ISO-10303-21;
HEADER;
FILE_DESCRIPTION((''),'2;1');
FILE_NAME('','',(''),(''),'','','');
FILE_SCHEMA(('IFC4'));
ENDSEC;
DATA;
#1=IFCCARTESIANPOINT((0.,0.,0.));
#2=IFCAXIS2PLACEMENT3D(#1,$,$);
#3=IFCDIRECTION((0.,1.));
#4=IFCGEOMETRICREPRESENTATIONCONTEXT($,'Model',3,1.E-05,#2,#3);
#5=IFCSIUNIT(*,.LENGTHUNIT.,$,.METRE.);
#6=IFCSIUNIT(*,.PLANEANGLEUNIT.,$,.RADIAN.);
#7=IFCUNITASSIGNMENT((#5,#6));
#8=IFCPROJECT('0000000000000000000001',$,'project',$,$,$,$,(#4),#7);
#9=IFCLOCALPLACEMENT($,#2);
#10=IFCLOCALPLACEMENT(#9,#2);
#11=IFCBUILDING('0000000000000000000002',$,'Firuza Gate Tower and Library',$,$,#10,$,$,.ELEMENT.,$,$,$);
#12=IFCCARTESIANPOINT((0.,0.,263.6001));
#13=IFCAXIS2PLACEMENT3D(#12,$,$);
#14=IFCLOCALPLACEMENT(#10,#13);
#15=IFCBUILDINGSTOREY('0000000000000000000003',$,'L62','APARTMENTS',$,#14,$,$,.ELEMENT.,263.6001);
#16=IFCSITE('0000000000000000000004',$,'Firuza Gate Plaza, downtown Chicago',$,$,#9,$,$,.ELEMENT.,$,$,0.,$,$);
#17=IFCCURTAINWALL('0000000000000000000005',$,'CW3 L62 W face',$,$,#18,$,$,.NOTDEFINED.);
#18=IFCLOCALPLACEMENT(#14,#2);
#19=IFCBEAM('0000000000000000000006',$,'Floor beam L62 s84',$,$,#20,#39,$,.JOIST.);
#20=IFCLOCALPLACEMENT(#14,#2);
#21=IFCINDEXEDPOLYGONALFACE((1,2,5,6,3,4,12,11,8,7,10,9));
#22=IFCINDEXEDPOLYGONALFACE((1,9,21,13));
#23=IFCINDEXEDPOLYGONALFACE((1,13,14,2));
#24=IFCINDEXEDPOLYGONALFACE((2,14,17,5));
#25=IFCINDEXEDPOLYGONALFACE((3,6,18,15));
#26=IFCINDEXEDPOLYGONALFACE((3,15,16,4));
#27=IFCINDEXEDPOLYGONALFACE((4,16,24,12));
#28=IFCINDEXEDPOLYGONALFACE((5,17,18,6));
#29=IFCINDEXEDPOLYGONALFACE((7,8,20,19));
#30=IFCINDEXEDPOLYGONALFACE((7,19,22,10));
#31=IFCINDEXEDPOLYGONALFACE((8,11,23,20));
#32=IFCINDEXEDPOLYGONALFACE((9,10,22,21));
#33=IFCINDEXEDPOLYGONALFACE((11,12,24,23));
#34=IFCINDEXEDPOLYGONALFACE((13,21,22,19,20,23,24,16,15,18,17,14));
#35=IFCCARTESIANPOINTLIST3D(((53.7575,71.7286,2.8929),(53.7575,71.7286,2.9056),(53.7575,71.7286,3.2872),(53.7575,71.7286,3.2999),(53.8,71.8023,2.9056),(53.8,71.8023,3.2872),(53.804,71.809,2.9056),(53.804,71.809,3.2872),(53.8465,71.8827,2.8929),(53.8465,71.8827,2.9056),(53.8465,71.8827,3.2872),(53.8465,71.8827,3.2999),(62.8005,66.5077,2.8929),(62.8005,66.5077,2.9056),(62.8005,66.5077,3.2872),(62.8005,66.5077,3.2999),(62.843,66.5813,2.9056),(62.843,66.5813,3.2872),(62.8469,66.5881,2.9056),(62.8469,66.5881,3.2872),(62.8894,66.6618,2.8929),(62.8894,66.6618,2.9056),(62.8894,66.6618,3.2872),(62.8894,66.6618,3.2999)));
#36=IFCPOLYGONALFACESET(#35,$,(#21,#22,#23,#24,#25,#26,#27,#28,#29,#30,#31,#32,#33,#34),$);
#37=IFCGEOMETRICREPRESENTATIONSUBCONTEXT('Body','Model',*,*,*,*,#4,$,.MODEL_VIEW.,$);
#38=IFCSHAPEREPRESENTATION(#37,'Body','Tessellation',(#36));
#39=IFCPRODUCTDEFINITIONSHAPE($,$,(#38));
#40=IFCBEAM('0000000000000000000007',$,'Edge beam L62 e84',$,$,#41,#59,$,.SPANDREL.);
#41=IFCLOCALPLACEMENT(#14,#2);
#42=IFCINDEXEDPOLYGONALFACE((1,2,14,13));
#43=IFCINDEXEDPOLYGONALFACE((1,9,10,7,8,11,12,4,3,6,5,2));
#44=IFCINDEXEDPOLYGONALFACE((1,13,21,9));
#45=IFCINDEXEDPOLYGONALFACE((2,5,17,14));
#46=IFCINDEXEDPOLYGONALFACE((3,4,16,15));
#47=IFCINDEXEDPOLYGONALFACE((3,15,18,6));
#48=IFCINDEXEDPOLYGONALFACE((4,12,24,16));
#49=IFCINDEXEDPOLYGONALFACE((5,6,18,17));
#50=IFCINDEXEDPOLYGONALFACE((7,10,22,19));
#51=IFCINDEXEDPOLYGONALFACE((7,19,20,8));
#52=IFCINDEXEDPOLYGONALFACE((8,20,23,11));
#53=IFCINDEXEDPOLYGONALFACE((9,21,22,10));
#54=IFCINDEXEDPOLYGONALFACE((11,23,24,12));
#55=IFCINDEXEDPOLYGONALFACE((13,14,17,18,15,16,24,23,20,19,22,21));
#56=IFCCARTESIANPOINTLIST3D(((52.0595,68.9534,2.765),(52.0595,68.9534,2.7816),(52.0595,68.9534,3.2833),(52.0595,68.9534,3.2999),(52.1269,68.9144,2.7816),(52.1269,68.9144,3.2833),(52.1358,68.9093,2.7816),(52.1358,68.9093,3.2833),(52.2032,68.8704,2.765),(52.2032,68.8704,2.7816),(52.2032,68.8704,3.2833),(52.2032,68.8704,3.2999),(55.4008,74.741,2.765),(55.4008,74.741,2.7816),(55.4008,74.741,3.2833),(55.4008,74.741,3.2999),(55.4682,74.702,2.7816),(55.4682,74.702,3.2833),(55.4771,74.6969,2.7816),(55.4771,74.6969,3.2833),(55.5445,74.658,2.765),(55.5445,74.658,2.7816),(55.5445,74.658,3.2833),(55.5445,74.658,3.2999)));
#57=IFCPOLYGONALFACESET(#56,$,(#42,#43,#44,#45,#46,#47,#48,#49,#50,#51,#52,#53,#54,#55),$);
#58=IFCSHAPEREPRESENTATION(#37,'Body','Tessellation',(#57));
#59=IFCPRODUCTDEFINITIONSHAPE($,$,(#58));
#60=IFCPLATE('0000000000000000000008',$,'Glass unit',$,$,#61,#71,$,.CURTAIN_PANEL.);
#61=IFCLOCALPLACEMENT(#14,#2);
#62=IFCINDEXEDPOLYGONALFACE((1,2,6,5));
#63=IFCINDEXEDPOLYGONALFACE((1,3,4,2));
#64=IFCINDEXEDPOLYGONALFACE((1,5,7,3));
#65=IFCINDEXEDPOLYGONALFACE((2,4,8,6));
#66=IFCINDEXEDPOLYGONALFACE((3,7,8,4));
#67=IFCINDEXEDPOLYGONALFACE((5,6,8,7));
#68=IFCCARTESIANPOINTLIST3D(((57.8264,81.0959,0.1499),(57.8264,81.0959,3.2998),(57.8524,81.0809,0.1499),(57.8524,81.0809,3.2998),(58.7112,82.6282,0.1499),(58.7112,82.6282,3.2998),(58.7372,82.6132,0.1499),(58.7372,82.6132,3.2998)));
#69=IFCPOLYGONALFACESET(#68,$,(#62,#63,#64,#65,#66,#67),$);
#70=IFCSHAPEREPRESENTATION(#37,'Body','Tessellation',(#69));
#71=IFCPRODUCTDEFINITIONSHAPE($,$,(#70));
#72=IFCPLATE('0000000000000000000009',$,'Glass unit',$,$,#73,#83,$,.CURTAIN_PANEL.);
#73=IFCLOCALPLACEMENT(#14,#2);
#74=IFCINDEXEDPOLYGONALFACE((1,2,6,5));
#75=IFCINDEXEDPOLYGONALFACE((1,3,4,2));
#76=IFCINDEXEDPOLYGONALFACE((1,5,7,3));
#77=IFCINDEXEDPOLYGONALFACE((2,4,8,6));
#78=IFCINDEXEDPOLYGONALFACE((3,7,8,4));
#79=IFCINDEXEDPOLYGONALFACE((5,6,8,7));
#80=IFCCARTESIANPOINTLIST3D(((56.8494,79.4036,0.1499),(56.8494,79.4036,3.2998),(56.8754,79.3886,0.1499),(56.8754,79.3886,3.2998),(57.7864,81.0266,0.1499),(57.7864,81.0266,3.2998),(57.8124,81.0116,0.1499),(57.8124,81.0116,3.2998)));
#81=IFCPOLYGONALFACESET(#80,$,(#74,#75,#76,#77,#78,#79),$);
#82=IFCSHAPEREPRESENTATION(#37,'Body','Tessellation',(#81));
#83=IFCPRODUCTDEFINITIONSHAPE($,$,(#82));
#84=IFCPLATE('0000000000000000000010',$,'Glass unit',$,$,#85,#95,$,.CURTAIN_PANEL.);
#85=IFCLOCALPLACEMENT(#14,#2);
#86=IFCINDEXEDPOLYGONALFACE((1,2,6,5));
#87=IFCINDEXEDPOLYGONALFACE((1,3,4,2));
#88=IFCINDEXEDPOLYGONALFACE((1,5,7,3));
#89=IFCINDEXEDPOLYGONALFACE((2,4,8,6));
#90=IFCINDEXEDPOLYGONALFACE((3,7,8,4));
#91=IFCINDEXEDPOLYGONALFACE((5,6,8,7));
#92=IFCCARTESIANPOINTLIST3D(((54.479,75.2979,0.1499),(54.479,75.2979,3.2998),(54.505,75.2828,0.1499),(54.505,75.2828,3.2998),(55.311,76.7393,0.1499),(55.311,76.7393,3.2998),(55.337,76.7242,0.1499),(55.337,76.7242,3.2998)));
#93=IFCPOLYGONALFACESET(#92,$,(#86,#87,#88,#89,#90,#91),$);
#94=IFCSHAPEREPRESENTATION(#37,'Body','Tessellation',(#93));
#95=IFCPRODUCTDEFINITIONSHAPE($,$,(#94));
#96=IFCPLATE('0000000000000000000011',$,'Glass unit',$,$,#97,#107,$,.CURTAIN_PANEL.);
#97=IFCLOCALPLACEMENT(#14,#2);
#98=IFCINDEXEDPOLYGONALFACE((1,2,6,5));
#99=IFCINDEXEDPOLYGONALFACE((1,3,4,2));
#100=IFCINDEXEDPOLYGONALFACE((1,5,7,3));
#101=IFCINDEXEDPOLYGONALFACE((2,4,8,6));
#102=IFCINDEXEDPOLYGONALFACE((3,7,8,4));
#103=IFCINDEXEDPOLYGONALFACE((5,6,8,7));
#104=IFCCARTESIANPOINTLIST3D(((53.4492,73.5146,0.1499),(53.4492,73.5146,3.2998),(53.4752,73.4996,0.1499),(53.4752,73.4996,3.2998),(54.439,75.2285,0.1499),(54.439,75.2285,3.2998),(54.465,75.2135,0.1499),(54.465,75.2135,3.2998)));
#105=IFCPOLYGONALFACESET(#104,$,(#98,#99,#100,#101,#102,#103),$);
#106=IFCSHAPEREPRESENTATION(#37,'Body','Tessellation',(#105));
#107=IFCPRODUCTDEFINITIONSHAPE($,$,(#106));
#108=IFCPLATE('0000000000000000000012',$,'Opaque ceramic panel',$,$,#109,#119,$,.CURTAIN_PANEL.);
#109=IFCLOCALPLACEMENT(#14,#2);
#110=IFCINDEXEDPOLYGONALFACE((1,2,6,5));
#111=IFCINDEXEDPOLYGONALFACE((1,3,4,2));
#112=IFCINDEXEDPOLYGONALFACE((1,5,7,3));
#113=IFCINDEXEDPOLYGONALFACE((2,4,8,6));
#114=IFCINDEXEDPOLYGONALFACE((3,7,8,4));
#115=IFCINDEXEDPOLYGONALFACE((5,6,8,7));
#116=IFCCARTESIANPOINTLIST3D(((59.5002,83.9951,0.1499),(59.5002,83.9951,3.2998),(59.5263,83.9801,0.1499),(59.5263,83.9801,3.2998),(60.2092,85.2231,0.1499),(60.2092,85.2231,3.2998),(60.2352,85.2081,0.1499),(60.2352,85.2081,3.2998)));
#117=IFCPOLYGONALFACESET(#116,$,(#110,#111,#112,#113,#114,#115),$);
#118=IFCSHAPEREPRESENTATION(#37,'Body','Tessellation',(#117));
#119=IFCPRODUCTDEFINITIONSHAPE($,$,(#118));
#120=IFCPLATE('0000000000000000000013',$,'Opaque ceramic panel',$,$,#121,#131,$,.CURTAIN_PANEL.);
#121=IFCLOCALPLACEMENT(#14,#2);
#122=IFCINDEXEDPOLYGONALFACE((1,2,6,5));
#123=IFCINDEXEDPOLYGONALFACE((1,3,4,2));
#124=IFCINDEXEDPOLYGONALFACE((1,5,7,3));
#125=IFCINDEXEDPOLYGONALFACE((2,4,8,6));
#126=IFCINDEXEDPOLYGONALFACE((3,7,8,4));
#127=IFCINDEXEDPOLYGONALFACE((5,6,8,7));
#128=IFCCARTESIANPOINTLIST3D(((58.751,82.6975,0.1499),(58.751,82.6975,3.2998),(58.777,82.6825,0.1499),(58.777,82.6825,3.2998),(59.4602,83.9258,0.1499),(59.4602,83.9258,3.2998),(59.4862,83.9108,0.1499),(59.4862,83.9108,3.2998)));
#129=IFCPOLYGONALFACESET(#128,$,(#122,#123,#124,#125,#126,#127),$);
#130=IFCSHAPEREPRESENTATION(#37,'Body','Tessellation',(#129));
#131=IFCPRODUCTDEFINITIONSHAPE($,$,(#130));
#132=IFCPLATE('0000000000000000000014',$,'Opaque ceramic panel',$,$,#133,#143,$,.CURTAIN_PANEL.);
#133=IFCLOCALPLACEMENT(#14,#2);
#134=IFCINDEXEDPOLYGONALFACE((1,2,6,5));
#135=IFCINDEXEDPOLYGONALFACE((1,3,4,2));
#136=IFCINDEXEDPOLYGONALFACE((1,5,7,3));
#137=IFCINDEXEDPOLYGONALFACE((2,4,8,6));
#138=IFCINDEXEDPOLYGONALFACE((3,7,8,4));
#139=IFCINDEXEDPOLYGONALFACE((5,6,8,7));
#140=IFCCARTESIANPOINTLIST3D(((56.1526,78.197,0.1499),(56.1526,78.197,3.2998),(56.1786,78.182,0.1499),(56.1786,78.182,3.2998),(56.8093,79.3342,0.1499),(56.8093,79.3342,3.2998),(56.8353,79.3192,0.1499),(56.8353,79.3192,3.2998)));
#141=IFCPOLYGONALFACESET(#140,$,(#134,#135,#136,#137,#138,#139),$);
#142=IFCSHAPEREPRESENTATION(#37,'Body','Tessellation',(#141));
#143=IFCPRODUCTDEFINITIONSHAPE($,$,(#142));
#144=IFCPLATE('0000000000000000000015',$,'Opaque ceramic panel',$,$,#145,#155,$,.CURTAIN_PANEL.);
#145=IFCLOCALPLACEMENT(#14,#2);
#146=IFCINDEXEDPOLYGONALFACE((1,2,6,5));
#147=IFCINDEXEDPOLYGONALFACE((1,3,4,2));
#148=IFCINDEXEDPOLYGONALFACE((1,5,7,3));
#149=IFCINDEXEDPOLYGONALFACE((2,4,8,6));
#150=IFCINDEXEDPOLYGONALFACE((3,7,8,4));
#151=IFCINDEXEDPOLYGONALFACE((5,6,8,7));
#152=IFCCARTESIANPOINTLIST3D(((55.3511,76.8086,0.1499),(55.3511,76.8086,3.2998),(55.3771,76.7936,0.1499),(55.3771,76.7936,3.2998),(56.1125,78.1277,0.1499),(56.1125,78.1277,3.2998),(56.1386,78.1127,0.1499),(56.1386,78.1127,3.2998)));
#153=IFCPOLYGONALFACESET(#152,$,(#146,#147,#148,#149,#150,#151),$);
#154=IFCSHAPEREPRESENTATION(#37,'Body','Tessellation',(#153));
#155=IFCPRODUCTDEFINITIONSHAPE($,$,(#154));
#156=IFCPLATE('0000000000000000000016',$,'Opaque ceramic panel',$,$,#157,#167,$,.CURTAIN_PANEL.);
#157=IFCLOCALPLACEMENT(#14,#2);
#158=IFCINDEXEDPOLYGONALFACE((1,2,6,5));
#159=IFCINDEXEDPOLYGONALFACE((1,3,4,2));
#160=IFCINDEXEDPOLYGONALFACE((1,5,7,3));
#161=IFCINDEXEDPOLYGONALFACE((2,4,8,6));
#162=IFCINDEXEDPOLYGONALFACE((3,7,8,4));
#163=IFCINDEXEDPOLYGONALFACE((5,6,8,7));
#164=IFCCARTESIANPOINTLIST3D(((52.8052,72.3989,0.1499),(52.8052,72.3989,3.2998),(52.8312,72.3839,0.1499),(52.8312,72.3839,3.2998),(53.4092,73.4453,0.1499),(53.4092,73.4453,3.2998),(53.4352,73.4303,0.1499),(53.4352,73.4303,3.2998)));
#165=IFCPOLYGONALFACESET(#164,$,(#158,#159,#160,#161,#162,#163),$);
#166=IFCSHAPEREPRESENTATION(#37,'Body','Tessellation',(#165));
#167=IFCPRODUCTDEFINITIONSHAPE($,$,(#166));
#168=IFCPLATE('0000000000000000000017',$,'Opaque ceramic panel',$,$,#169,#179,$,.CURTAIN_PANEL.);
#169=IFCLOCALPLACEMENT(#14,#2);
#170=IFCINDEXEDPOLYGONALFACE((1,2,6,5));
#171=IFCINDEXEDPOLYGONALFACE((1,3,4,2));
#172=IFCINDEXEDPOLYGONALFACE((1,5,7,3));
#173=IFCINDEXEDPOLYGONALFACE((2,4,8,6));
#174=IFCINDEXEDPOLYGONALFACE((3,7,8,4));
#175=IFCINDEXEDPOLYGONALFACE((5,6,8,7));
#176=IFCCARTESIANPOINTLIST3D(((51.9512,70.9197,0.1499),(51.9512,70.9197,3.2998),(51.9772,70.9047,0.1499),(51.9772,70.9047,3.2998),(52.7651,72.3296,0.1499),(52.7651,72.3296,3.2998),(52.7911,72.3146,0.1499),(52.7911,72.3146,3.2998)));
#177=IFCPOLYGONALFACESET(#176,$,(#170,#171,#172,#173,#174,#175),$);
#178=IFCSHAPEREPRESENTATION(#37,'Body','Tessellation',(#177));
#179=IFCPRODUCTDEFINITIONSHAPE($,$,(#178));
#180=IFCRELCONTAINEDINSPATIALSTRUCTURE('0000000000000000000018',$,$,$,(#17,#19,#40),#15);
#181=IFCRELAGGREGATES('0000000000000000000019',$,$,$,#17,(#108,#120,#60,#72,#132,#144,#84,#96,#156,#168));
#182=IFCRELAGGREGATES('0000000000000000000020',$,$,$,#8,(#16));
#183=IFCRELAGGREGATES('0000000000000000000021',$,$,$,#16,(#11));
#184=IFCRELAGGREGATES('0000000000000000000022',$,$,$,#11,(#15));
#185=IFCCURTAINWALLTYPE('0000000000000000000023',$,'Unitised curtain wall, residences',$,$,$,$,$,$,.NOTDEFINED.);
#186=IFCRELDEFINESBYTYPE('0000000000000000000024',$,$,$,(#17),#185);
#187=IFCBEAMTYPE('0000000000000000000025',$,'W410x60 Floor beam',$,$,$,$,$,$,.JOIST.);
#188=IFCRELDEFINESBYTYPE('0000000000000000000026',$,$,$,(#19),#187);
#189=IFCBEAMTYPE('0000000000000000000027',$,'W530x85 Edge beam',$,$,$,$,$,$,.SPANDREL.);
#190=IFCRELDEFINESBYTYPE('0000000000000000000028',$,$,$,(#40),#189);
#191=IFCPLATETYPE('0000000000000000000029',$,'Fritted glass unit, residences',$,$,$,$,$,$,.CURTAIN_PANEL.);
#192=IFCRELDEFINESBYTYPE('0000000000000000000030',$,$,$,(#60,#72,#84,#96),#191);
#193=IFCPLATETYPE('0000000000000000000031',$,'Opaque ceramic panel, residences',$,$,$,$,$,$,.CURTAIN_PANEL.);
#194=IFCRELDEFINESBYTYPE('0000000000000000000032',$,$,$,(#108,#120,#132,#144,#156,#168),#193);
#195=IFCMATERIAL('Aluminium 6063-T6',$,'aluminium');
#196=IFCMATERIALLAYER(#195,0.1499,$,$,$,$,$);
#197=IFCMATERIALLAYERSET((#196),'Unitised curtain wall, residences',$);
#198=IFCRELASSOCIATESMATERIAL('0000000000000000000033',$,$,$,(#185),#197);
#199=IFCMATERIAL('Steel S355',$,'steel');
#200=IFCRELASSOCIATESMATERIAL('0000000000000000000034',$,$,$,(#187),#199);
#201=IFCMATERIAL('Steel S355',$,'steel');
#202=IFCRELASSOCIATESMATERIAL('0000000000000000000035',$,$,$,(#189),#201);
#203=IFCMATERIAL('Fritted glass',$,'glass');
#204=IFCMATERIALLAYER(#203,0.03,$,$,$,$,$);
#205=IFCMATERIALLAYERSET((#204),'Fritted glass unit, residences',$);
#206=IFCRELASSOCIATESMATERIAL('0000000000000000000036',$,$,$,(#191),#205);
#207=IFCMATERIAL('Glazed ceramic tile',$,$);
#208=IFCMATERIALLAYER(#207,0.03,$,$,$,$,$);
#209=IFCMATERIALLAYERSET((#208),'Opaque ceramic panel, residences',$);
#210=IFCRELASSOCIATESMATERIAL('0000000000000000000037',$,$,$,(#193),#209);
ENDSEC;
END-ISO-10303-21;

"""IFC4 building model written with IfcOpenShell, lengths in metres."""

from ifc_helpers import new_model, si_unit, direction, frame, origin, origin_2d, place, context, subcontext, project, spatial, polyline, i_section, outline, extrude, material, layer, layer_set, material_profile, profile_set, type_object, element, aggregate, save


model = new_model("IFC4")

# Units and contexts
model_context = context("Model", 3, precision=1e-05, world=origin(), true_north=direction((0.0, 1.0)))
body_context = subcontext(model_context, "Body", "Model", "MODEL_VIEW")
ifc_project = project(units=[si_unit("LENGTHUNIT", "METRE"), si_unit("PLANEANGLEUNIT", "RADIAN")], contexts=[model_context])

# Site, building, storey
site_placement = place(None, origin())
site = spatial("IfcSite", under=ifc_project, at=site_placement, Name="Firuza Gate Plaza, downtown Chicago", CompositionType="ELEMENT", RefElevation=0.0)
building_placement = place(site_placement, origin())
building = spatial("IfcBuilding", under=site, at=building_placement, Name="Firuza Gate Tower and Library", CompositionType="ELEMENT")
storey_placement = place(building_placement, frame((0.0, 0.0, 263.6001)))
storey = spatial("IfcBuildingStorey", under=building, at=storey_placement, Name="L62", Description="APARTMENTS", CompositionType="ELEMENT", Elevation=263.6001)

# Curtain wall
ifc_material_1 = material(Name="Aluminium 6063-T6", Category="aluminium")
ifc_layer_1 = layer(ifc_material_1, 0.1499)
ifc_layer_set_1 = layer_set([ifc_layer_1], Name="Unitised curtain wall, residences")
curtain_wall_type = type_object("IfcCurtainWallType", Name="Unitised curtain wall, residences", PredefinedType="NOTDEFINED", material=ifc_layer_set_1)
curtain_wall_placement = place(storey_placement, origin())
curtain_wall = element("IfcCurtainWall", 1, at=curtain_wall_placement, inside=storey, type_object=curtain_wall_type, Name="CW3 L62 W face", PredefinedType="NOTDEFINED")

# Beams
ifc_material_2 = material(Name="Steel S355", Category="steel")
ifc_material_profile_1 = material_profile(ifc_material_2, i_section(OverallWidth=0.178, OverallDepth=0.407, WebThickness=0.0078, FlangeThickness=0.0127, at=origin_2d()))
ifc_profile_set_1 = profile_set([ifc_material_profile_1], Name="Steel S355")
beam_type_1 = type_object("IfcBeamType", Name="W410x60 Floor beam", PredefinedType="JOIST", material=ifc_profile_set_1)
beam_1_placement = place(storey_placement, frame((53.802, 71.8057, 3.0964), z_axis=(0.866026, -0.499999, 0.0), x_axis=(0.499999, 0.866026, 0.0)))
element("IfcBeam", 2, at=beam_1_placement, inside=storey, type_object=beam_type_1, Name="Floor beam L62 s84", PredefinedType="JOIST", context=body_context, shape_type="SweptSolid", body=[
    extrude(i_section(OverallWidth=0.178, OverallDepth=0.407, WebThickness=0.0078, FlangeThickness=0.0127, at=origin_2d()), origin(), (0.0, 0.0, 1.0), 10.4419),
])
ifc_material_3 = material(Name="Steel S355", Category="steel")
ifc_material_profile_2 = material_profile(ifc_material_3, i_section(OverallWidth=0.166, OverallDepth=0.5349, WebThickness=0.0103, FlangeThickness=0.0166, at=origin_2d()))
ifc_profile_set_2 = profile_set([ifc_material_profile_2], Name="Steel S355")
beam_type_2 = type_object("IfcBeamType", Name="W530x85 Edge beam", PredefinedType="SPANDREL", material=ifc_profile_set_2)
beam_2_placement = place(storey_placement, frame((55.4727, 74.6995, 3.0325), z_axis=(-0.499982, -0.866036, 0.0), x_axis=(0.866036, -0.499982, 0.0)))
element("IfcBeam", 3, at=beam_2_placement, inside=storey, type_object=beam_type_2, Name="Edge beam L62 e84", PredefinedType="SPANDREL", context=body_context, shape_type="SweptSolid", body=[
    extrude(i_section(OverallWidth=0.166, OverallDepth=0.5349, WebThickness=0.0103, FlangeThickness=0.0166, at=origin_2d()), origin(), (0.0, 0.0, 1.0), 6.6829),
])

# Plates
ifc_material_4 = material(Name="Fritted glass", Category="glass")
ifc_layer_2 = layer(ifc_material_4, 0.03)
ifc_layer_set_2 = layer_set([ifc_layer_2], Name="Fritted glass unit, residences")
plate_type_1 = type_object("IfcPlateType", Name="Fritted glass unit, residences", PredefinedType="CURTAIN_PANEL", material=ifc_layer_set_2)
plate_1_placement = place(storey_placement, frame((58.7112, 82.6282, 0.1499), z_axis=(-0.865993, 0.500057, 0.0), x_axis=(-0.500057, -0.865993, 0.0)))
plate_1 = element("IfcPlate", 4, at=plate_1_placement, type_object=plate_type_1, Name="Glass unit", PredefinedType="CURTAIN_PANEL", context=body_context, shape_type="SweptSolid", body=[
    extrude(outline(polyline([(0.0, 0.0), (1.7693, 0.0), (1.7693, 3.1499), (0.0, 3.1499), (0.0, 0.0)])), origin(), (0.0, 0.0, -1.0), 0.03),
])
plate_2_placement = place(storey_placement, frame((57.7864, 81.0266, 0.1499), z_axis=(-0.866038, 0.499978, 0.0), x_axis=(-0.499978, -0.866038, 0.0)))
plate_2 = element("IfcPlate", 5, at=plate_2_placement, type_object=plate_type_1, Name="Glass unit", PredefinedType="CURTAIN_PANEL", context=body_context, shape_type="SweptSolid", body=[
    extrude(outline(polyline([(0.0, 0.0), (1.8741, 0.0), (1.8741, 3.1499), (0.0, 3.1499), (0.0, 0.0)])), origin(), (0.0, 0.0, -1.0), 0.03),
])
plate_3_placement = place(storey_placement, frame((55.311, 76.7393, 0.1499), z_axis=(-0.866068, 0.499926, 0.0), x_axis=(-0.499926, -0.866068, 0.0)))
plate_3 = element("IfcPlate", 6, at=plate_3_placement, type_object=plate_type_1, Name="Glass unit", PredefinedType="CURTAIN_PANEL", context=body_context, shape_type="SweptSolid", body=[
    extrude(outline(polyline([(0.0, 0.0), (1.6643, 0.0), (1.6643, 3.1499), (0.0, 3.1499), (0.0, 0.0)])), origin(), (0.0, 0.0, -1.0), 0.03),
])
plate_4_placement = place(storey_placement, frame((54.439, 75.2285, 0.1499), z_axis=(-0.865972, 0.500093, 0.0), x_axis=(-0.500093, -0.865972, 0.0)))
plate_4 = element("IfcPlate", 7, at=plate_4_placement, type_object=plate_type_1, Name="Glass unit", PredefinedType="CURTAIN_PANEL", context=body_context, shape_type="SweptSolid", body=[
    extrude(outline(polyline([(0.0, 0.0), (1.9791, 0.0), (1.9791, 3.1499), (0.0, 3.1499), (0.0, 0.0)])), origin(), (0.0, 0.0, -1.0), 0.03),
])
ifc_material_5 = material(Name="Glazed ceramic tile")
ifc_layer_3 = layer(ifc_material_5, 0.03)
ifc_layer_set_3 = layer_set([ifc_layer_3], Name="Opaque ceramic panel, residences")
plate_type_2 = type_object("IfcPlateType", Name="Opaque ceramic panel, residences", PredefinedType="CURTAIN_PANEL", material=ifc_layer_set_3)
plate_5_placement = place(storey_placement, frame((60.2092, 85.2231, 0.1499), z_axis=(-0.866031, 0.499991, 0.0), x_axis=(-0.499991, -0.866031, 0.0)))
plate_5 = element("IfcPlate", 8, at=plate_5_placement, type_object=plate_type_2, Name="Opaque ceramic panel", PredefinedType="CURTAIN_PANEL", context=body_context, shape_type="SweptSolid", body=[
    extrude(outline(polyline([(0.0, 0.0), (1.418, 0.0), (1.418, 3.1499), (0.0, 3.1499), (0.0, 0.0)])), origin(), (0.0, 0.0, -1.0), 0.03),
])
plate_6_placement = place(storey_placement, frame((59.4602, 83.9258, 0.1499), z_axis=(-0.865999, 0.500045, 0.0), x_axis=(-0.500045, -0.865999, 0.0)))
plate_6 = element("IfcPlate", 9, at=plate_6_placement, type_object=plate_type_2, Name="Opaque ceramic panel", PredefinedType="CURTAIN_PANEL", context=body_context, shape_type="SweptSolid", body=[
    extrude(outline(polyline([(0.0, 0.0), (1.4183, 0.0), (1.4183, 3.1499), (0.0, 3.1499), (0.0, 0.0)])), origin(), (0.0, 0.0, -1.0), 0.03),
])
plate_7_placement = place(storey_placement, frame((56.8093, 79.3342, 0.1499), z_axis=(-0.865969, 0.500098, 0.0), x_axis=(-0.500098, -0.865969, 0.0)))
plate_7 = element("IfcPlate", 10, at=plate_7_placement, type_object=plate_type_2, Name="Opaque ceramic panel", PredefinedType="CURTAIN_PANEL", context=body_context, shape_type="SweptSolid", body=[
    extrude(outline(polyline([(0.0, 0.0), (1.3132, 0.0), (1.3132, 3.1499), (0.0, 3.1499), (0.0, 0.0)])), origin(), (0.0, 0.0, -1.0), 0.03),
])
plate_8_placement = place(storey_placement, frame((56.1125, 78.1277, 0.1499), z_axis=(-0.866055, 0.499949, 0.0), x_axis=(-0.499949, -0.866055, 0.0)))
plate_8 = element("IfcPlate", 11, at=plate_8_placement, type_object=plate_type_2, Name="Opaque ceramic panel", PredefinedType="CURTAIN_PANEL", context=body_context, shape_type="SweptSolid", body=[
    extrude(outline(polyline([(0.0, 0.0), (1.5231, 0.0), (1.5231, 3.1499), (0.0, 3.1499), (0.0, 0.0)])), origin(), (0.0, 0.0, -1.0), 0.03),
])
plate_9_placement = place(storey_placement, frame((53.4092, 73.4453, 0.1499), z_axis=(-0.866071, 0.499921, 0.0), x_axis=(-0.499921, -0.866071, 0.0)))
plate_9 = element("IfcPlate", 12, at=plate_9_placement, type_object=plate_type_2, Name="Opaque ceramic panel", PredefinedType="CURTAIN_PANEL", context=body_context, shape_type="SweptSolid", body=[
    extrude(outline(polyline([(0.0, 0.0), (1.2082, 0.0), (1.2082, 3.1499), (0.0, 3.1499), (0.0, 0.0)])), origin(), (0.0, 0.0, -1.0), 0.03),
])
plate_10_placement = place(storey_placement, frame((52.7651, 72.3296, 0.1499), z_axis=(-0.866038, 0.499978, 0.0), x_axis=(-0.499978, -0.866038, 0.0)))
plate_10 = element("IfcPlate", 13, at=plate_10_placement, type_object=plate_type_2, Name="Opaque ceramic panel", PredefinedType="CURTAIN_PANEL", context=body_context, shape_type="SweptSolid", body=[
    extrude(outline(polyline([(0.0, 0.0), (1.628, 0.0), (1.628, 3.1499), (0.0, 3.1499), (0.0, 0.0)])), origin(), (0.0, 0.0, -1.0), 0.03),
])
aggregate(curtain_wall, [plate_5, plate_6, plate_1, plate_2, plate_7, plate_8, plate_3, plate_4, plate_9, plate_10])

save(model, "model.ifc")
